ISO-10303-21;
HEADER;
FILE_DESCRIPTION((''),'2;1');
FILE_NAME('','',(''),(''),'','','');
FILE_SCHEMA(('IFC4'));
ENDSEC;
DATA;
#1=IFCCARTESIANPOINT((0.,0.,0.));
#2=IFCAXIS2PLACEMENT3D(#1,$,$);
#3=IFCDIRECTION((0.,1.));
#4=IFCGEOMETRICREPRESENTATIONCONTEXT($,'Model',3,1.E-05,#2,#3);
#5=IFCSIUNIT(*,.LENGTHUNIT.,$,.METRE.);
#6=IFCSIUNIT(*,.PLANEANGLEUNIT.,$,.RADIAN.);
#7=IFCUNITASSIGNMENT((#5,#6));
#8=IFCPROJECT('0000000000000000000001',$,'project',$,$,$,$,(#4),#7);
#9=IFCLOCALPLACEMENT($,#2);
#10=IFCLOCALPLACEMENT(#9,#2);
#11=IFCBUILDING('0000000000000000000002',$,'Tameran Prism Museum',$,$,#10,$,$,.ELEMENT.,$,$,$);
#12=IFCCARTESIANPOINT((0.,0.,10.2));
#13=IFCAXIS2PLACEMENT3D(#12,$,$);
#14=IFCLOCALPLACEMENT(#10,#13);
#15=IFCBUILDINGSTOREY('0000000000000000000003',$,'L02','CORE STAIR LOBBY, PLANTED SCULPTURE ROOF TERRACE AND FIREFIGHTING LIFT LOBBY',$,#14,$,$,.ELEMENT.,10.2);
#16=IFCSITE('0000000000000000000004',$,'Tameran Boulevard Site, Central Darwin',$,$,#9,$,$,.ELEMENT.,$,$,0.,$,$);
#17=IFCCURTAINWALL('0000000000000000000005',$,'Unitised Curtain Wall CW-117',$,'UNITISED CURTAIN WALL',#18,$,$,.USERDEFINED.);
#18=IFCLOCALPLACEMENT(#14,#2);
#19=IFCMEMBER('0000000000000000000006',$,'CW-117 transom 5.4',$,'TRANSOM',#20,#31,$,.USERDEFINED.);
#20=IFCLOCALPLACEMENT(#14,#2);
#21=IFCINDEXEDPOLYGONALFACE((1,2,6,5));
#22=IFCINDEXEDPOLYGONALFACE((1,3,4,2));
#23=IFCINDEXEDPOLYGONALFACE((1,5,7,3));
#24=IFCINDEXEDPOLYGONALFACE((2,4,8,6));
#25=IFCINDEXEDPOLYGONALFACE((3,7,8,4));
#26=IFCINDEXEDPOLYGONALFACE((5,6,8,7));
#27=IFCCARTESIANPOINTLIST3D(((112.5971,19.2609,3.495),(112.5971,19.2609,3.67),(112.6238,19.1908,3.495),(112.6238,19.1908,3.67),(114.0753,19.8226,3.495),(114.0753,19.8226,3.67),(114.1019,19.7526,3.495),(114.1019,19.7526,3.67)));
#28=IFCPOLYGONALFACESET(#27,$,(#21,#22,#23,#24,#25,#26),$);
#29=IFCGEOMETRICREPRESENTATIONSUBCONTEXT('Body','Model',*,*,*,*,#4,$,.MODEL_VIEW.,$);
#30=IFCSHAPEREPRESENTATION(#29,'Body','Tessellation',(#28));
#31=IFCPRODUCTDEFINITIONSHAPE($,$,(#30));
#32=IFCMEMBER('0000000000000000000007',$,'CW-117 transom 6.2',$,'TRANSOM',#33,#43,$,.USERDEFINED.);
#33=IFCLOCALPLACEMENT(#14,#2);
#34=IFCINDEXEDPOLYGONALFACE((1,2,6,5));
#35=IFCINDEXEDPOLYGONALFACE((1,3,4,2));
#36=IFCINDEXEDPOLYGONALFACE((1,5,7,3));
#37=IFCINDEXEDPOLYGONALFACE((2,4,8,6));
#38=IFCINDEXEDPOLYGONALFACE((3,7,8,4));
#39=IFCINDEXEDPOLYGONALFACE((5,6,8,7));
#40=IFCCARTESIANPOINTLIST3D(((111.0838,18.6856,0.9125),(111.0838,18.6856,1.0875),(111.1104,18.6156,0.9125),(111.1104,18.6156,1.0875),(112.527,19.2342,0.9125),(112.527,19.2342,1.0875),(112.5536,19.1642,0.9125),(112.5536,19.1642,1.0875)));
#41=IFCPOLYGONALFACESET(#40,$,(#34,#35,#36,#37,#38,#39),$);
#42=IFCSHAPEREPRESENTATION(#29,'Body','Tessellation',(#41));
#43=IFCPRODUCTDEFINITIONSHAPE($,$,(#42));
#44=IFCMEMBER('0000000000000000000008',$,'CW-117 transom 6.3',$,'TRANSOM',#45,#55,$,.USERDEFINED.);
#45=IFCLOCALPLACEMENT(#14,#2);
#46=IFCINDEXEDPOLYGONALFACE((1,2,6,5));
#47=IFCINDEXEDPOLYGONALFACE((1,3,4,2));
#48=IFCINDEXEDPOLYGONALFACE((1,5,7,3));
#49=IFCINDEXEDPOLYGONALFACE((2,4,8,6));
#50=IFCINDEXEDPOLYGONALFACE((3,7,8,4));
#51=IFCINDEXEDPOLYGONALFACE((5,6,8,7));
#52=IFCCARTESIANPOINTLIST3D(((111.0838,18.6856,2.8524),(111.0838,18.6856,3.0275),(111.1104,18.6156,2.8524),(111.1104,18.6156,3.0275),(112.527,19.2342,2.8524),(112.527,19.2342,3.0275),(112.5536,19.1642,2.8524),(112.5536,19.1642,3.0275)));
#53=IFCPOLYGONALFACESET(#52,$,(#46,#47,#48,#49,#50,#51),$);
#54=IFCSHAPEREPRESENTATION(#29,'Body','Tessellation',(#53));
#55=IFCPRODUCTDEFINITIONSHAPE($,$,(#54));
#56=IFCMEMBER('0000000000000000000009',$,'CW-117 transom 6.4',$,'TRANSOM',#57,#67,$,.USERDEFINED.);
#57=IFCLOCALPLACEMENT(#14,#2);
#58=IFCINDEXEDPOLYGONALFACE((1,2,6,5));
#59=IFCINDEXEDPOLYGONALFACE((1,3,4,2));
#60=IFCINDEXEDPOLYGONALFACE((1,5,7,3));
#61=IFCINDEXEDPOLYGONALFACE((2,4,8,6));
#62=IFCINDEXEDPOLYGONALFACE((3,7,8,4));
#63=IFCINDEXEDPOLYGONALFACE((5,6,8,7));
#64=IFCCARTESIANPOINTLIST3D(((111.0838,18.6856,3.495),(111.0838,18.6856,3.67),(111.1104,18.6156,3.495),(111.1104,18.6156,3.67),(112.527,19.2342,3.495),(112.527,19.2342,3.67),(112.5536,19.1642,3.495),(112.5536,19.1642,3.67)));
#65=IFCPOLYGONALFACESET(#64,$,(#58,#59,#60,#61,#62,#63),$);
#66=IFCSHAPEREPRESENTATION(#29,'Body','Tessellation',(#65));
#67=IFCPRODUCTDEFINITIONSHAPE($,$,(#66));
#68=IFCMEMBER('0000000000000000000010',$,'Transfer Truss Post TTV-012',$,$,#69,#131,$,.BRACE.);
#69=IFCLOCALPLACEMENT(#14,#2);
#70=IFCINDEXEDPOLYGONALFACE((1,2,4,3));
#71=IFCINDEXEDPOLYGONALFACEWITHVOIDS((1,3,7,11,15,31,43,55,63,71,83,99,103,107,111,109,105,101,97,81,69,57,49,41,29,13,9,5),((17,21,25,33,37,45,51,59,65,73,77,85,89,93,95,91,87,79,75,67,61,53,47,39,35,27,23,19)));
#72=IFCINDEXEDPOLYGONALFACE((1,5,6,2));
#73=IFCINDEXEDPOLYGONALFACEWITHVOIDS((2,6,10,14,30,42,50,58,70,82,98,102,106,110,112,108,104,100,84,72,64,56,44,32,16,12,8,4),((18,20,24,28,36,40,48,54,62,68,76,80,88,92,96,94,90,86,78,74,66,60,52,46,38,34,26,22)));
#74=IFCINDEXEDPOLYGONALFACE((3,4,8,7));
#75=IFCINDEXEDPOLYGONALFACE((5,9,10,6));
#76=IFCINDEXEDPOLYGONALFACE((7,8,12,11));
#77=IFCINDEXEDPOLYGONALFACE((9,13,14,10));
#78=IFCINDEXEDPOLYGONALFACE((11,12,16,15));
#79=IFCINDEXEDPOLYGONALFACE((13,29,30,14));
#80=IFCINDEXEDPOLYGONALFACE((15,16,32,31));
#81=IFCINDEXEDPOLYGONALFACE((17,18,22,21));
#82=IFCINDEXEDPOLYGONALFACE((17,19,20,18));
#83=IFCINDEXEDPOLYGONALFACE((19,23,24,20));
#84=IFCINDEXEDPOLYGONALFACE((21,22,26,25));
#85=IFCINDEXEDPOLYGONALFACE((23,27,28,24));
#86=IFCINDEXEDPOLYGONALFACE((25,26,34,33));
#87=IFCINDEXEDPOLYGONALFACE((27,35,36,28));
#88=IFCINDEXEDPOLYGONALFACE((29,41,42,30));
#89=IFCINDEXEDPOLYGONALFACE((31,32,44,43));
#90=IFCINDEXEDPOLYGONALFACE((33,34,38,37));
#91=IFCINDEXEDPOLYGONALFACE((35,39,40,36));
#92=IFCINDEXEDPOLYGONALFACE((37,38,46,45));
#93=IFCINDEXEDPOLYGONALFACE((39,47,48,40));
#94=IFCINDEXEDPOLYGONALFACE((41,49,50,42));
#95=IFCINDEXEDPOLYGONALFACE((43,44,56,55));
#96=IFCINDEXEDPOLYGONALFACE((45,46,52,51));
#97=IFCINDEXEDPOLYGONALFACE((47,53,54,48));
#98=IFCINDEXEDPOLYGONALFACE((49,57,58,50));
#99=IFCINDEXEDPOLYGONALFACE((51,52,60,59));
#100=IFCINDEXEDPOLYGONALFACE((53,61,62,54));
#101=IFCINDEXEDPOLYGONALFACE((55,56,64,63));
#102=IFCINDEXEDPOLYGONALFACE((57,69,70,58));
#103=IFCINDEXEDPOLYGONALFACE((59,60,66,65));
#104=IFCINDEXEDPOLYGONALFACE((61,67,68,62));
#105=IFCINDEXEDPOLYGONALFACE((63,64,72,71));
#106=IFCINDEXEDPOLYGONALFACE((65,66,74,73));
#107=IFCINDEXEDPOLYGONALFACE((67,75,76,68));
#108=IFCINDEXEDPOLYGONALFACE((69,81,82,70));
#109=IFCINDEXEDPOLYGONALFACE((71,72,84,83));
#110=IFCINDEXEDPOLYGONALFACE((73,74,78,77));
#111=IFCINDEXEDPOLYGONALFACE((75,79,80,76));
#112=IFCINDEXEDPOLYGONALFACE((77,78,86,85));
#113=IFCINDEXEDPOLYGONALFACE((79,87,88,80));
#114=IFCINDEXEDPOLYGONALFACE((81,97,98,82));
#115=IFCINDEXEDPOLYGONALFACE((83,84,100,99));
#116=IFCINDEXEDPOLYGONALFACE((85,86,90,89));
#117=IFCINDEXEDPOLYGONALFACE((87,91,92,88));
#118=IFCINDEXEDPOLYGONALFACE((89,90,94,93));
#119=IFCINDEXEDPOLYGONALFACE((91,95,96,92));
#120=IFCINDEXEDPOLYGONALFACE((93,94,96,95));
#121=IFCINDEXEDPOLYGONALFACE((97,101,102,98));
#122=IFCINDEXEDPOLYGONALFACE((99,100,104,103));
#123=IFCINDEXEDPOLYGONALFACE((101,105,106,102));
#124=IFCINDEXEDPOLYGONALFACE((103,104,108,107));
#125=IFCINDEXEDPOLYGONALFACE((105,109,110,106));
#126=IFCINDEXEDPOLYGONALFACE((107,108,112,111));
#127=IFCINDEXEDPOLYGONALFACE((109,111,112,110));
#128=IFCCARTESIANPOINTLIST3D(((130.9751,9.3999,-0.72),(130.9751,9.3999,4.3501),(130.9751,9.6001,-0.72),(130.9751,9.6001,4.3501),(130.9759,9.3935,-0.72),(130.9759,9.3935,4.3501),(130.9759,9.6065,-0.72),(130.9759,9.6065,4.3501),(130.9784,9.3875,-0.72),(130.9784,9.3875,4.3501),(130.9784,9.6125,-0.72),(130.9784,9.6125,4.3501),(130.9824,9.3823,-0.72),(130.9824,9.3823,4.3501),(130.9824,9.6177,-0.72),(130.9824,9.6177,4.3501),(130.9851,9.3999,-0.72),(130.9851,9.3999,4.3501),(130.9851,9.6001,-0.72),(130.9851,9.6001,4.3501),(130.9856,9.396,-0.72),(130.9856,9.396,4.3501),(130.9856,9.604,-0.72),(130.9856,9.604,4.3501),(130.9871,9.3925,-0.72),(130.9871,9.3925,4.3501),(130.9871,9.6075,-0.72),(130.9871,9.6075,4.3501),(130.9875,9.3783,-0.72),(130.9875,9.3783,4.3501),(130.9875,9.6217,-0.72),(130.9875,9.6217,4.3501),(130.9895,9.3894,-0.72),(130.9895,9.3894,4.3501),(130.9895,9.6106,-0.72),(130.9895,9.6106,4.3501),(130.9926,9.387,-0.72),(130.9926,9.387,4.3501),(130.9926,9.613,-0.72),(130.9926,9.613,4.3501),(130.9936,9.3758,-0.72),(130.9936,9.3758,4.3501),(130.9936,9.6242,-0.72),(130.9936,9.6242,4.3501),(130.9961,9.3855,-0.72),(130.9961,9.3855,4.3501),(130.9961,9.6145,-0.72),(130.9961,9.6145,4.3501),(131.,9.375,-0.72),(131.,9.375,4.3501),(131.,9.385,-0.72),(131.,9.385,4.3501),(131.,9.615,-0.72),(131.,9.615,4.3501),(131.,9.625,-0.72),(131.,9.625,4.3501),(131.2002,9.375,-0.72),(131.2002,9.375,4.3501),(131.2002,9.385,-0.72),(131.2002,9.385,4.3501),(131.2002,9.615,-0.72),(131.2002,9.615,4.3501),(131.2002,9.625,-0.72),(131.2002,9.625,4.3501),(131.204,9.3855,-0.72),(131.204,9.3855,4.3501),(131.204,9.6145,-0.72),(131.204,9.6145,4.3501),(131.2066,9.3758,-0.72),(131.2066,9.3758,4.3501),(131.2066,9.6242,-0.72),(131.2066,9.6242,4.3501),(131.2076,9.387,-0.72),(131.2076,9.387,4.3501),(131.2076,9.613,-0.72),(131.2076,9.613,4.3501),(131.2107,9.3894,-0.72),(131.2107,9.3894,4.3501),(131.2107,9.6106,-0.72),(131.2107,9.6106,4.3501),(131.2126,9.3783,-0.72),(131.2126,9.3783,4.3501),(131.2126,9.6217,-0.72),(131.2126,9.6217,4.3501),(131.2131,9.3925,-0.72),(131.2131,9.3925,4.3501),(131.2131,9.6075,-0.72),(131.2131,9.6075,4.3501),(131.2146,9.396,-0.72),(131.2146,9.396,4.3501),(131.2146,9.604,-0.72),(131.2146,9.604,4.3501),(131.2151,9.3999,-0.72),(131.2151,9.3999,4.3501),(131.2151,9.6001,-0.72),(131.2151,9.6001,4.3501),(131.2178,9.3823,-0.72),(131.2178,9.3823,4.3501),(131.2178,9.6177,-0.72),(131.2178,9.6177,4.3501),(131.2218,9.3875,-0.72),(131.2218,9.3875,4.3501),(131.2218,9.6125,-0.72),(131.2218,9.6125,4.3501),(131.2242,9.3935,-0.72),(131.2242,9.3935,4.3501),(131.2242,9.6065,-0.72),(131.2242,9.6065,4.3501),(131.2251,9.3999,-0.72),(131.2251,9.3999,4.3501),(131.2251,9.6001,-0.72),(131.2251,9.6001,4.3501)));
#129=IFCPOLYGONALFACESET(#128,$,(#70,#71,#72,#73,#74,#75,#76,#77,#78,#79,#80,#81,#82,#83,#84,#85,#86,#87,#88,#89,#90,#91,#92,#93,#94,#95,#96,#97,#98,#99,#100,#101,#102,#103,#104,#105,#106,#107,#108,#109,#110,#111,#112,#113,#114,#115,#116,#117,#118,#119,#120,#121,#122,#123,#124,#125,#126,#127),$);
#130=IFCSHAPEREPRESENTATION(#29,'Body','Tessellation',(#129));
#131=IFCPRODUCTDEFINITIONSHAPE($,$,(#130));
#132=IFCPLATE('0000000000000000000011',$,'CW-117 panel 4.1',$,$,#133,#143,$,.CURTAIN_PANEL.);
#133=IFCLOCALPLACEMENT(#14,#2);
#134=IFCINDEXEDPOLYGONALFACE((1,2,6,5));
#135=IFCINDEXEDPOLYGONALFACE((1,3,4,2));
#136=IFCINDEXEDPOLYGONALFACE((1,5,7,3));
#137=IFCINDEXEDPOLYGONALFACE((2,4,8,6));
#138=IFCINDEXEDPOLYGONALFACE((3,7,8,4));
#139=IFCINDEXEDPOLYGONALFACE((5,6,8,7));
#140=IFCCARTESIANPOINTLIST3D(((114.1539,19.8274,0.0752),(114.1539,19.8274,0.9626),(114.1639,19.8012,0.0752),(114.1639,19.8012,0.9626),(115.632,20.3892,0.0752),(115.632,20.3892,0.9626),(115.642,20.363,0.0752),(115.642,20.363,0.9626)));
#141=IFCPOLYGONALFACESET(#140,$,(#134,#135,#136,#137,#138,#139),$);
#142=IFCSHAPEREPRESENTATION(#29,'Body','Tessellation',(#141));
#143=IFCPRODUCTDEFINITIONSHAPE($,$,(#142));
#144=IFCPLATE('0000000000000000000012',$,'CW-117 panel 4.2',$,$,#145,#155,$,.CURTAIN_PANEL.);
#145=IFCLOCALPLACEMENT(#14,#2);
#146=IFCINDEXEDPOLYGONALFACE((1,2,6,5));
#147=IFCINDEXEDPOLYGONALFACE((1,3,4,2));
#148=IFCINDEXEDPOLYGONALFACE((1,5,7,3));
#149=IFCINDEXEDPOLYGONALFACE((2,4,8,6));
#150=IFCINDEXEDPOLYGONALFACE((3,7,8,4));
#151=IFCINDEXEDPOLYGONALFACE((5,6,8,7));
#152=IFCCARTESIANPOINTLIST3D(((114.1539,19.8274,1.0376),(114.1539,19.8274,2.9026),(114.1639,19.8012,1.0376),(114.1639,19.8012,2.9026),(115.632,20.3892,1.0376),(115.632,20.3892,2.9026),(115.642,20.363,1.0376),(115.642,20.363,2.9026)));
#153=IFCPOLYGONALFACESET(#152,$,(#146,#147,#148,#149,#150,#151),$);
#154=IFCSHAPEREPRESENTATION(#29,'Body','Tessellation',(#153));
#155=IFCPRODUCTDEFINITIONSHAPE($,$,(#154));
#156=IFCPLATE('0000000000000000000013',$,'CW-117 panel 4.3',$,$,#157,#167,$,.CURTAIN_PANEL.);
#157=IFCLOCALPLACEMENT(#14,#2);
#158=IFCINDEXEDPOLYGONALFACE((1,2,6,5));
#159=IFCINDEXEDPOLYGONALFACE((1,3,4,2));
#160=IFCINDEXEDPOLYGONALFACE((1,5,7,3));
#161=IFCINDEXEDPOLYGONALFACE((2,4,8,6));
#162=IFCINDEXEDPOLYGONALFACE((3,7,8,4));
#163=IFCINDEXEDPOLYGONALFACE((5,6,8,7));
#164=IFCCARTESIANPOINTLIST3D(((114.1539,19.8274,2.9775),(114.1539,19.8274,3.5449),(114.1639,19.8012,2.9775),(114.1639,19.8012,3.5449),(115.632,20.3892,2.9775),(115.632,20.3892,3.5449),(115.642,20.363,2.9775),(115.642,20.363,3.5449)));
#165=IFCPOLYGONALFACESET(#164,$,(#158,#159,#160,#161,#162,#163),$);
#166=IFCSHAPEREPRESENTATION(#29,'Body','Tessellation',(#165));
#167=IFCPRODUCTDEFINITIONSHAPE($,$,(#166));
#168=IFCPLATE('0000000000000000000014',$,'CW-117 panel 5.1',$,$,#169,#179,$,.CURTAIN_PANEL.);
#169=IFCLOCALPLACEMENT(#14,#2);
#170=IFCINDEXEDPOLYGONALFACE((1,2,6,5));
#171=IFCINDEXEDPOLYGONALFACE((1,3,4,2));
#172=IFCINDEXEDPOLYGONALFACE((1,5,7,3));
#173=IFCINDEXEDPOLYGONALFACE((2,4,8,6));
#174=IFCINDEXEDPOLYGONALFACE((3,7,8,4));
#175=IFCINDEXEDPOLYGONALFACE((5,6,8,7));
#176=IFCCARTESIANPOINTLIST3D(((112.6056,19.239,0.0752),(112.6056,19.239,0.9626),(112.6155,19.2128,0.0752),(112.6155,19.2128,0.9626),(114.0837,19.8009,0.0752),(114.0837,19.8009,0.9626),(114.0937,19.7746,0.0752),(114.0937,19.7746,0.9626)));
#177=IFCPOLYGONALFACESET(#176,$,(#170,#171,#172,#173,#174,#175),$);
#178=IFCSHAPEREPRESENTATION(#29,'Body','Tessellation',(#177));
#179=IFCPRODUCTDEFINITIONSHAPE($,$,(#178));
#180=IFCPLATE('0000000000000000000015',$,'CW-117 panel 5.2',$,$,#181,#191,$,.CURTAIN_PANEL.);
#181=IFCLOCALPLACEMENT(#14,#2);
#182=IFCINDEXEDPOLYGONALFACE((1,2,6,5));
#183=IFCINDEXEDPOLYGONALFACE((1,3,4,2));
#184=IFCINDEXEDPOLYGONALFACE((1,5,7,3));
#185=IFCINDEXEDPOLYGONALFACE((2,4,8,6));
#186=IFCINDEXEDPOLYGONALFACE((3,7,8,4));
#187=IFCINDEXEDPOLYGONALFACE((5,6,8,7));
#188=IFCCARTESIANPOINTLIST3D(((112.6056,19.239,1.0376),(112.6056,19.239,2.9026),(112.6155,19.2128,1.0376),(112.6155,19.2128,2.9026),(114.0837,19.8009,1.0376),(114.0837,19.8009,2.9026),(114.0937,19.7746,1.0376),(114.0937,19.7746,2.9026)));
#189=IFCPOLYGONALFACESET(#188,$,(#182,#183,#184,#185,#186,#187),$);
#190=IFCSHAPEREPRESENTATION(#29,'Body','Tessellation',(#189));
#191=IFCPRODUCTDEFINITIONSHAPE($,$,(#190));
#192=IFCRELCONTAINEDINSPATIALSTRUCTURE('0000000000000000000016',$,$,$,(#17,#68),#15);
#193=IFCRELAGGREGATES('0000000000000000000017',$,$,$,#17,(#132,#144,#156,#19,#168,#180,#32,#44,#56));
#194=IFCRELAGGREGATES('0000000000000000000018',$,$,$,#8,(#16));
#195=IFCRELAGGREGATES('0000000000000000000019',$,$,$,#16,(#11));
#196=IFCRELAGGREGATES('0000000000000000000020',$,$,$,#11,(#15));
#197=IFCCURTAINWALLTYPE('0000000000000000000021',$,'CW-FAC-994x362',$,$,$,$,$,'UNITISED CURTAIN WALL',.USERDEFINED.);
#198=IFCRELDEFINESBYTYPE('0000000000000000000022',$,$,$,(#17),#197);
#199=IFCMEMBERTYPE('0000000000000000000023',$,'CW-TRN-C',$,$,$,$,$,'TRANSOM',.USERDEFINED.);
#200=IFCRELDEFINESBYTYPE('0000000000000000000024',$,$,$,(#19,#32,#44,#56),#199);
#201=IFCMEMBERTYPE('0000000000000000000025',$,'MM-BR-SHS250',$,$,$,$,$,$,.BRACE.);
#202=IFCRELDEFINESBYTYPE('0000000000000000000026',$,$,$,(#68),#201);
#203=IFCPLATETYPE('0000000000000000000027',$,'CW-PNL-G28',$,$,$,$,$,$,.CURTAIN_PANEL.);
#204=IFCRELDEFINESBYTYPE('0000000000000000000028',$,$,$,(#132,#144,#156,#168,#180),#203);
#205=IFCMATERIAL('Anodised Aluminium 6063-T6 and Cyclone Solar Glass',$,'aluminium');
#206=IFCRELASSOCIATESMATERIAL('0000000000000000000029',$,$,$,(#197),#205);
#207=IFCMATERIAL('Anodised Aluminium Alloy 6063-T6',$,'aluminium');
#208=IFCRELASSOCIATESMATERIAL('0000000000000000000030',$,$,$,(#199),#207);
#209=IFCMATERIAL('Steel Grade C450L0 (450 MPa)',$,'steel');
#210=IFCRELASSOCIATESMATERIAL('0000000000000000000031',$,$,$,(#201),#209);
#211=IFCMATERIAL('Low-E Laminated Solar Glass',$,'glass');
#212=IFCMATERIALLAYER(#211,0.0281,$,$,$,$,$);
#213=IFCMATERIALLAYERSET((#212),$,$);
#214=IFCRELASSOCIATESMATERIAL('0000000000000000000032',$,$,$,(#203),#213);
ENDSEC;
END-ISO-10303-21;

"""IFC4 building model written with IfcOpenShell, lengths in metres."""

from ifc_helpers import new_model, si_unit, direction, frame, origin, origin_2d, place, context, subcontext, project, spatial, rectangle, hollow_rectangle, extrude, material, layer, layer_set, material_profile, profile_set, type_object, element, aggregate, save


model = new_model("IFC4")

# Units and contexts
model_context = context("Model", 3, precision=1e-05, world=origin(), true_north=direction((0.0, 1.0)))
body_context = subcontext(model_context, "Body", "Model", "MODEL_VIEW")
ifc_project = project(units=[si_unit("LENGTHUNIT", "METRE"), si_unit("PLANEANGLEUNIT", "RADIAN")], contexts=[model_context])

# Site, building, storey
site_placement = place(None, origin())
site = spatial("IfcSite", under=ifc_project, at=site_placement, Name="Tameran Boulevard Site, Central Darwin", CompositionType="ELEMENT", RefElevation=0.0)
building_placement = place(site_placement, origin())
building = spatial("IfcBuilding", under=site, at=building_placement, Name="Tameran Prism Museum", CompositionType="ELEMENT")
storey_placement = place(building_placement, frame((0.0, 0.0, 10.2)))
storey = spatial("IfcBuildingStorey", under=building, at=storey_placement, Name="L02", Description="CORE STAIR LOBBY, PLANTED SCULPTURE ROOF TERRACE AND FIREFIGHTING LIFT LOBBY", CompositionType="ELEMENT", Elevation=10.2)

# Curtain wall, members
ifc_material_1 = material(Name="Anodised Aluminium 6063-T6 and Cyclone Solar Glass", Category="aluminium")
curtain_wall_type = type_object("IfcCurtainWallType", Name="CW-FAC-994x362", ElementType="UNITISED CURTAIN WALL", PredefinedType="USERDEFINED", material=ifc_material_1)
curtain_wall_placement = place(storey_placement, origin())
curtain_wall = element("IfcCurtainWall", 1, at=curtain_wall_placement, inside=storey, type_object=curtain_wall_type, Name="Unitised Curtain Wall CW-117", ObjectType="UNITISED CURTAIN WALL", PredefinedType="USERDEFINED")
ifc_material_2 = material(Name="Anodised Aluminium Alloy 6063-T6", Category="aluminium")
ifc_material_profile_1 = material_profile(ifc_material_2, rectangle(XDim=0.075, YDim=0.175, at=origin_2d()))
ifc_profile_set_1 = profile_set([ifc_material_profile_1])
member_type_1 = type_object("IfcMemberType", Name="CW-TRN-C", ElementType="TRANSOM", PredefinedType="USERDEFINED", material=ifc_profile_set_1)
member_1_placement = place(storey_placement, frame((114.0886, 19.7876, 3.5825), z_axis=(-0.934778, -0.355231, 0.0), x_axis=(0.355231, -0.934778, 0.0)))
member_1 = element("IfcMember", 2, at=member_1_placement, type_object=member_type_1, Name="CW-117 transom 5.4", ObjectType="TRANSOM", PredefinedType="USERDEFINED", context=body_context, shape_type="SweptSolid", body=[
    extrude(rectangle(XDim=0.075, YDim=0.175, at=origin_2d()), origin(), (0.0, 0.0, 1.0), 1.5813),
])
member_2_placement = place(storey_placement, frame((112.5403, 19.1992, 1.0), z_axis=(-0.934741, -0.355331, 0.0), x_axis=(0.355331, -0.934741, 0.0)))
member_2 = element("IfcMember", 3, at=member_2_placement, type_object=member_type_1, Name="CW-117 transom 6.2", ObjectType="TRANSOM", PredefinedType="USERDEFINED", context=body_context, shape_type="SweptSolid", body=[
    extrude(rectangle(XDim=0.075, YDim=0.175, at=origin_2d()), origin(), (0.0, 0.0, 1.0), 1.5439),
])
member_3_placement = place(storey_placement, frame((112.5403, 19.1992, 2.9399), z_axis=(-0.934741, -0.355331, 0.0), x_axis=(0.355331, -0.934741, 0.0)))
member_3 = element("IfcMember", 4, at=member_3_placement, type_object=member_type_1, Name="CW-117 transom 6.3", ObjectType="TRANSOM", PredefinedType="USERDEFINED", context=body_context, shape_type="SweptSolid", body=[
    extrude(rectangle(XDim=0.075, YDim=0.175, at=origin_2d()), origin(), (0.0, 0.0, 1.0), 1.5439),
])
member_4_placement = place(storey_placement, frame((112.5403, 19.1992, 3.5825), z_axis=(-0.934741, -0.355331, 0.0), x_axis=(0.355331, -0.934741, 0.0)))
member_4 = element("IfcMember", 5, at=member_4_placement, type_object=member_type_1, Name="CW-117 transom 6.4", ObjectType="TRANSOM", PredefinedType="USERDEFINED", context=body_context, shape_type="SweptSolid", body=[
    extrude(rectangle(XDim=0.075, YDim=0.175, at=origin_2d()), origin(), (0.0, 0.0, 1.0), 1.5439),
])

# Member
ifc_material_3 = material(Name="Steel Grade C450L0 (450 MPa)", Category="steel")
ifc_material_profile_2 = material_profile(ifc_material_3, hollow_rectangle(XDim=0.25, YDim=0.25, WallThickness=0.01, InnerFilletRadius=0.0149, OuterFilletRadius=0.0249, at=origin_2d()))
ifc_profile_set_2 = profile_set([ifc_material_profile_2])
member_type_2 = type_object("IfcMemberType", Name="MM-BR-SHS250", PredefinedType="BRACE", material=ifc_profile_set_2)
member_5_placement = place(storey_placement, frame((131.1001, 9.5, -0.72), z_axis=(0.0, 0.0, 1.0), x_axis=(1.0, 0.0, 0.0)))
element("IfcMember", 6, at=member_5_placement, inside=storey, type_object=member_type_2, Name="Transfer Truss Post TTV-012", PredefinedType="BRACE", context=body_context, shape_type="SweptSolid", body=[
    extrude(hollow_rectangle(XDim=0.25, YDim=0.25, WallThickness=0.01, InnerFilletRadius=0.0149, OuterFilletRadius=0.0249, at=origin_2d()), origin(), (0.0, 0.0, 1.0), 5.0701),
])

# Plates
ifc_material_4 = material(Name="Low-E Laminated Solar Glass", Category="glass")
ifc_layer_1 = layer(ifc_material_4, 0.0281)
ifc_layer_set_1 = layer_set([ifc_layer_1])
plate_type_1 = type_object("IfcPlateType", Name="CW-PNL-G28", PredefinedType="CURTAIN_PANEL", material=ifc_layer_set_1)
plate_1_placement = place(storey_placement, frame((114.8979, 20.0952, 0.0752), z_axis=(0.0, 0.0, 1.0), x_axis=(-0.934757, -0.355288, 0.0)))
plate_1 = element("IfcPlate", 7, at=plate_1_placement, type_object=plate_type_1, Name="CW-117 panel 4.1", PredefinedType="CURTAIN_PANEL", context=body_context, shape_type="SweptSolid", body=[
    extrude(rectangle(XDim=1.5813, YDim=0.0281, at=origin_2d()), origin(), (0.0, 0.0, 1.0), 0.8875),
])
plate_2_placement = place(storey_placement, frame((114.8979, 20.0952, 1.0376), z_axis=(0.0, 0.0, 1.0), x_axis=(-0.934757, -0.355288, 0.0)))
plate_2 = element("IfcPlate", 8, at=plate_2_placement, type_object=plate_type_1, Name="CW-117 panel 4.2", PredefinedType="CURTAIN_PANEL", context=body_context, shape_type="SweptSolid", body=[
    extrude(rectangle(XDim=1.5813, YDim=0.0281, at=origin_2d()), origin(), (0.0, 0.0, 1.0), 1.865),
])
plate_3_placement = place(storey_placement, frame((114.8979, 20.0952, 2.9775), z_axis=(0.0, 0.0, 1.0), x_axis=(-0.934757, -0.355288, 0.0)))
plate_3 = element("IfcPlate", 9, at=plate_3_placement, type_object=plate_type_1, Name="CW-117 panel 4.3", PredefinedType="CURTAIN_PANEL", context=body_context, shape_type="SweptSolid", body=[
    extrude(rectangle(XDim=1.5813, YDim=0.0281, at=origin_2d()), origin(), (0.0, 0.0, 1.0), 0.5674),
])
plate_4_placement = place(storey_placement, frame((113.3496, 19.5068, 0.0752), z_axis=(0.0, 0.0, 1.0), x_axis=(-0.934757, -0.355288, 0.0)))
plate_4 = element("IfcPlate", 10, at=plate_4_placement, type_object=plate_type_1, Name="CW-117 panel 5.1", PredefinedType="CURTAIN_PANEL", context=body_context, shape_type="SweptSolid", body=[
    extrude(rectangle(XDim=1.5813, YDim=0.0281, at=origin_2d()), origin(), (0.0, 0.0, 1.0), 0.8875),
])
plate_5_placement = place(storey_placement, frame((113.3496, 19.5068, 1.0376), z_axis=(0.0, 0.0, 1.0), x_axis=(-0.934757, -0.355288, 0.0)))
plate_5 = element("IfcPlate", 11, at=plate_5_placement, type_object=plate_type_1, Name="CW-117 panel 5.2", PredefinedType="CURTAIN_PANEL", context=body_context, shape_type="SweptSolid", body=[
    extrude(rectangle(XDim=1.5813, YDim=0.0281, at=origin_2d()), origin(), (0.0, 0.0, 1.0), 1.865),
])
aggregate(curtain_wall, [plate_1, plate_2, plate_3, member_1, plate_4, plate_5, member_2, member_3, member_4])

save(model, "model.ifc")
